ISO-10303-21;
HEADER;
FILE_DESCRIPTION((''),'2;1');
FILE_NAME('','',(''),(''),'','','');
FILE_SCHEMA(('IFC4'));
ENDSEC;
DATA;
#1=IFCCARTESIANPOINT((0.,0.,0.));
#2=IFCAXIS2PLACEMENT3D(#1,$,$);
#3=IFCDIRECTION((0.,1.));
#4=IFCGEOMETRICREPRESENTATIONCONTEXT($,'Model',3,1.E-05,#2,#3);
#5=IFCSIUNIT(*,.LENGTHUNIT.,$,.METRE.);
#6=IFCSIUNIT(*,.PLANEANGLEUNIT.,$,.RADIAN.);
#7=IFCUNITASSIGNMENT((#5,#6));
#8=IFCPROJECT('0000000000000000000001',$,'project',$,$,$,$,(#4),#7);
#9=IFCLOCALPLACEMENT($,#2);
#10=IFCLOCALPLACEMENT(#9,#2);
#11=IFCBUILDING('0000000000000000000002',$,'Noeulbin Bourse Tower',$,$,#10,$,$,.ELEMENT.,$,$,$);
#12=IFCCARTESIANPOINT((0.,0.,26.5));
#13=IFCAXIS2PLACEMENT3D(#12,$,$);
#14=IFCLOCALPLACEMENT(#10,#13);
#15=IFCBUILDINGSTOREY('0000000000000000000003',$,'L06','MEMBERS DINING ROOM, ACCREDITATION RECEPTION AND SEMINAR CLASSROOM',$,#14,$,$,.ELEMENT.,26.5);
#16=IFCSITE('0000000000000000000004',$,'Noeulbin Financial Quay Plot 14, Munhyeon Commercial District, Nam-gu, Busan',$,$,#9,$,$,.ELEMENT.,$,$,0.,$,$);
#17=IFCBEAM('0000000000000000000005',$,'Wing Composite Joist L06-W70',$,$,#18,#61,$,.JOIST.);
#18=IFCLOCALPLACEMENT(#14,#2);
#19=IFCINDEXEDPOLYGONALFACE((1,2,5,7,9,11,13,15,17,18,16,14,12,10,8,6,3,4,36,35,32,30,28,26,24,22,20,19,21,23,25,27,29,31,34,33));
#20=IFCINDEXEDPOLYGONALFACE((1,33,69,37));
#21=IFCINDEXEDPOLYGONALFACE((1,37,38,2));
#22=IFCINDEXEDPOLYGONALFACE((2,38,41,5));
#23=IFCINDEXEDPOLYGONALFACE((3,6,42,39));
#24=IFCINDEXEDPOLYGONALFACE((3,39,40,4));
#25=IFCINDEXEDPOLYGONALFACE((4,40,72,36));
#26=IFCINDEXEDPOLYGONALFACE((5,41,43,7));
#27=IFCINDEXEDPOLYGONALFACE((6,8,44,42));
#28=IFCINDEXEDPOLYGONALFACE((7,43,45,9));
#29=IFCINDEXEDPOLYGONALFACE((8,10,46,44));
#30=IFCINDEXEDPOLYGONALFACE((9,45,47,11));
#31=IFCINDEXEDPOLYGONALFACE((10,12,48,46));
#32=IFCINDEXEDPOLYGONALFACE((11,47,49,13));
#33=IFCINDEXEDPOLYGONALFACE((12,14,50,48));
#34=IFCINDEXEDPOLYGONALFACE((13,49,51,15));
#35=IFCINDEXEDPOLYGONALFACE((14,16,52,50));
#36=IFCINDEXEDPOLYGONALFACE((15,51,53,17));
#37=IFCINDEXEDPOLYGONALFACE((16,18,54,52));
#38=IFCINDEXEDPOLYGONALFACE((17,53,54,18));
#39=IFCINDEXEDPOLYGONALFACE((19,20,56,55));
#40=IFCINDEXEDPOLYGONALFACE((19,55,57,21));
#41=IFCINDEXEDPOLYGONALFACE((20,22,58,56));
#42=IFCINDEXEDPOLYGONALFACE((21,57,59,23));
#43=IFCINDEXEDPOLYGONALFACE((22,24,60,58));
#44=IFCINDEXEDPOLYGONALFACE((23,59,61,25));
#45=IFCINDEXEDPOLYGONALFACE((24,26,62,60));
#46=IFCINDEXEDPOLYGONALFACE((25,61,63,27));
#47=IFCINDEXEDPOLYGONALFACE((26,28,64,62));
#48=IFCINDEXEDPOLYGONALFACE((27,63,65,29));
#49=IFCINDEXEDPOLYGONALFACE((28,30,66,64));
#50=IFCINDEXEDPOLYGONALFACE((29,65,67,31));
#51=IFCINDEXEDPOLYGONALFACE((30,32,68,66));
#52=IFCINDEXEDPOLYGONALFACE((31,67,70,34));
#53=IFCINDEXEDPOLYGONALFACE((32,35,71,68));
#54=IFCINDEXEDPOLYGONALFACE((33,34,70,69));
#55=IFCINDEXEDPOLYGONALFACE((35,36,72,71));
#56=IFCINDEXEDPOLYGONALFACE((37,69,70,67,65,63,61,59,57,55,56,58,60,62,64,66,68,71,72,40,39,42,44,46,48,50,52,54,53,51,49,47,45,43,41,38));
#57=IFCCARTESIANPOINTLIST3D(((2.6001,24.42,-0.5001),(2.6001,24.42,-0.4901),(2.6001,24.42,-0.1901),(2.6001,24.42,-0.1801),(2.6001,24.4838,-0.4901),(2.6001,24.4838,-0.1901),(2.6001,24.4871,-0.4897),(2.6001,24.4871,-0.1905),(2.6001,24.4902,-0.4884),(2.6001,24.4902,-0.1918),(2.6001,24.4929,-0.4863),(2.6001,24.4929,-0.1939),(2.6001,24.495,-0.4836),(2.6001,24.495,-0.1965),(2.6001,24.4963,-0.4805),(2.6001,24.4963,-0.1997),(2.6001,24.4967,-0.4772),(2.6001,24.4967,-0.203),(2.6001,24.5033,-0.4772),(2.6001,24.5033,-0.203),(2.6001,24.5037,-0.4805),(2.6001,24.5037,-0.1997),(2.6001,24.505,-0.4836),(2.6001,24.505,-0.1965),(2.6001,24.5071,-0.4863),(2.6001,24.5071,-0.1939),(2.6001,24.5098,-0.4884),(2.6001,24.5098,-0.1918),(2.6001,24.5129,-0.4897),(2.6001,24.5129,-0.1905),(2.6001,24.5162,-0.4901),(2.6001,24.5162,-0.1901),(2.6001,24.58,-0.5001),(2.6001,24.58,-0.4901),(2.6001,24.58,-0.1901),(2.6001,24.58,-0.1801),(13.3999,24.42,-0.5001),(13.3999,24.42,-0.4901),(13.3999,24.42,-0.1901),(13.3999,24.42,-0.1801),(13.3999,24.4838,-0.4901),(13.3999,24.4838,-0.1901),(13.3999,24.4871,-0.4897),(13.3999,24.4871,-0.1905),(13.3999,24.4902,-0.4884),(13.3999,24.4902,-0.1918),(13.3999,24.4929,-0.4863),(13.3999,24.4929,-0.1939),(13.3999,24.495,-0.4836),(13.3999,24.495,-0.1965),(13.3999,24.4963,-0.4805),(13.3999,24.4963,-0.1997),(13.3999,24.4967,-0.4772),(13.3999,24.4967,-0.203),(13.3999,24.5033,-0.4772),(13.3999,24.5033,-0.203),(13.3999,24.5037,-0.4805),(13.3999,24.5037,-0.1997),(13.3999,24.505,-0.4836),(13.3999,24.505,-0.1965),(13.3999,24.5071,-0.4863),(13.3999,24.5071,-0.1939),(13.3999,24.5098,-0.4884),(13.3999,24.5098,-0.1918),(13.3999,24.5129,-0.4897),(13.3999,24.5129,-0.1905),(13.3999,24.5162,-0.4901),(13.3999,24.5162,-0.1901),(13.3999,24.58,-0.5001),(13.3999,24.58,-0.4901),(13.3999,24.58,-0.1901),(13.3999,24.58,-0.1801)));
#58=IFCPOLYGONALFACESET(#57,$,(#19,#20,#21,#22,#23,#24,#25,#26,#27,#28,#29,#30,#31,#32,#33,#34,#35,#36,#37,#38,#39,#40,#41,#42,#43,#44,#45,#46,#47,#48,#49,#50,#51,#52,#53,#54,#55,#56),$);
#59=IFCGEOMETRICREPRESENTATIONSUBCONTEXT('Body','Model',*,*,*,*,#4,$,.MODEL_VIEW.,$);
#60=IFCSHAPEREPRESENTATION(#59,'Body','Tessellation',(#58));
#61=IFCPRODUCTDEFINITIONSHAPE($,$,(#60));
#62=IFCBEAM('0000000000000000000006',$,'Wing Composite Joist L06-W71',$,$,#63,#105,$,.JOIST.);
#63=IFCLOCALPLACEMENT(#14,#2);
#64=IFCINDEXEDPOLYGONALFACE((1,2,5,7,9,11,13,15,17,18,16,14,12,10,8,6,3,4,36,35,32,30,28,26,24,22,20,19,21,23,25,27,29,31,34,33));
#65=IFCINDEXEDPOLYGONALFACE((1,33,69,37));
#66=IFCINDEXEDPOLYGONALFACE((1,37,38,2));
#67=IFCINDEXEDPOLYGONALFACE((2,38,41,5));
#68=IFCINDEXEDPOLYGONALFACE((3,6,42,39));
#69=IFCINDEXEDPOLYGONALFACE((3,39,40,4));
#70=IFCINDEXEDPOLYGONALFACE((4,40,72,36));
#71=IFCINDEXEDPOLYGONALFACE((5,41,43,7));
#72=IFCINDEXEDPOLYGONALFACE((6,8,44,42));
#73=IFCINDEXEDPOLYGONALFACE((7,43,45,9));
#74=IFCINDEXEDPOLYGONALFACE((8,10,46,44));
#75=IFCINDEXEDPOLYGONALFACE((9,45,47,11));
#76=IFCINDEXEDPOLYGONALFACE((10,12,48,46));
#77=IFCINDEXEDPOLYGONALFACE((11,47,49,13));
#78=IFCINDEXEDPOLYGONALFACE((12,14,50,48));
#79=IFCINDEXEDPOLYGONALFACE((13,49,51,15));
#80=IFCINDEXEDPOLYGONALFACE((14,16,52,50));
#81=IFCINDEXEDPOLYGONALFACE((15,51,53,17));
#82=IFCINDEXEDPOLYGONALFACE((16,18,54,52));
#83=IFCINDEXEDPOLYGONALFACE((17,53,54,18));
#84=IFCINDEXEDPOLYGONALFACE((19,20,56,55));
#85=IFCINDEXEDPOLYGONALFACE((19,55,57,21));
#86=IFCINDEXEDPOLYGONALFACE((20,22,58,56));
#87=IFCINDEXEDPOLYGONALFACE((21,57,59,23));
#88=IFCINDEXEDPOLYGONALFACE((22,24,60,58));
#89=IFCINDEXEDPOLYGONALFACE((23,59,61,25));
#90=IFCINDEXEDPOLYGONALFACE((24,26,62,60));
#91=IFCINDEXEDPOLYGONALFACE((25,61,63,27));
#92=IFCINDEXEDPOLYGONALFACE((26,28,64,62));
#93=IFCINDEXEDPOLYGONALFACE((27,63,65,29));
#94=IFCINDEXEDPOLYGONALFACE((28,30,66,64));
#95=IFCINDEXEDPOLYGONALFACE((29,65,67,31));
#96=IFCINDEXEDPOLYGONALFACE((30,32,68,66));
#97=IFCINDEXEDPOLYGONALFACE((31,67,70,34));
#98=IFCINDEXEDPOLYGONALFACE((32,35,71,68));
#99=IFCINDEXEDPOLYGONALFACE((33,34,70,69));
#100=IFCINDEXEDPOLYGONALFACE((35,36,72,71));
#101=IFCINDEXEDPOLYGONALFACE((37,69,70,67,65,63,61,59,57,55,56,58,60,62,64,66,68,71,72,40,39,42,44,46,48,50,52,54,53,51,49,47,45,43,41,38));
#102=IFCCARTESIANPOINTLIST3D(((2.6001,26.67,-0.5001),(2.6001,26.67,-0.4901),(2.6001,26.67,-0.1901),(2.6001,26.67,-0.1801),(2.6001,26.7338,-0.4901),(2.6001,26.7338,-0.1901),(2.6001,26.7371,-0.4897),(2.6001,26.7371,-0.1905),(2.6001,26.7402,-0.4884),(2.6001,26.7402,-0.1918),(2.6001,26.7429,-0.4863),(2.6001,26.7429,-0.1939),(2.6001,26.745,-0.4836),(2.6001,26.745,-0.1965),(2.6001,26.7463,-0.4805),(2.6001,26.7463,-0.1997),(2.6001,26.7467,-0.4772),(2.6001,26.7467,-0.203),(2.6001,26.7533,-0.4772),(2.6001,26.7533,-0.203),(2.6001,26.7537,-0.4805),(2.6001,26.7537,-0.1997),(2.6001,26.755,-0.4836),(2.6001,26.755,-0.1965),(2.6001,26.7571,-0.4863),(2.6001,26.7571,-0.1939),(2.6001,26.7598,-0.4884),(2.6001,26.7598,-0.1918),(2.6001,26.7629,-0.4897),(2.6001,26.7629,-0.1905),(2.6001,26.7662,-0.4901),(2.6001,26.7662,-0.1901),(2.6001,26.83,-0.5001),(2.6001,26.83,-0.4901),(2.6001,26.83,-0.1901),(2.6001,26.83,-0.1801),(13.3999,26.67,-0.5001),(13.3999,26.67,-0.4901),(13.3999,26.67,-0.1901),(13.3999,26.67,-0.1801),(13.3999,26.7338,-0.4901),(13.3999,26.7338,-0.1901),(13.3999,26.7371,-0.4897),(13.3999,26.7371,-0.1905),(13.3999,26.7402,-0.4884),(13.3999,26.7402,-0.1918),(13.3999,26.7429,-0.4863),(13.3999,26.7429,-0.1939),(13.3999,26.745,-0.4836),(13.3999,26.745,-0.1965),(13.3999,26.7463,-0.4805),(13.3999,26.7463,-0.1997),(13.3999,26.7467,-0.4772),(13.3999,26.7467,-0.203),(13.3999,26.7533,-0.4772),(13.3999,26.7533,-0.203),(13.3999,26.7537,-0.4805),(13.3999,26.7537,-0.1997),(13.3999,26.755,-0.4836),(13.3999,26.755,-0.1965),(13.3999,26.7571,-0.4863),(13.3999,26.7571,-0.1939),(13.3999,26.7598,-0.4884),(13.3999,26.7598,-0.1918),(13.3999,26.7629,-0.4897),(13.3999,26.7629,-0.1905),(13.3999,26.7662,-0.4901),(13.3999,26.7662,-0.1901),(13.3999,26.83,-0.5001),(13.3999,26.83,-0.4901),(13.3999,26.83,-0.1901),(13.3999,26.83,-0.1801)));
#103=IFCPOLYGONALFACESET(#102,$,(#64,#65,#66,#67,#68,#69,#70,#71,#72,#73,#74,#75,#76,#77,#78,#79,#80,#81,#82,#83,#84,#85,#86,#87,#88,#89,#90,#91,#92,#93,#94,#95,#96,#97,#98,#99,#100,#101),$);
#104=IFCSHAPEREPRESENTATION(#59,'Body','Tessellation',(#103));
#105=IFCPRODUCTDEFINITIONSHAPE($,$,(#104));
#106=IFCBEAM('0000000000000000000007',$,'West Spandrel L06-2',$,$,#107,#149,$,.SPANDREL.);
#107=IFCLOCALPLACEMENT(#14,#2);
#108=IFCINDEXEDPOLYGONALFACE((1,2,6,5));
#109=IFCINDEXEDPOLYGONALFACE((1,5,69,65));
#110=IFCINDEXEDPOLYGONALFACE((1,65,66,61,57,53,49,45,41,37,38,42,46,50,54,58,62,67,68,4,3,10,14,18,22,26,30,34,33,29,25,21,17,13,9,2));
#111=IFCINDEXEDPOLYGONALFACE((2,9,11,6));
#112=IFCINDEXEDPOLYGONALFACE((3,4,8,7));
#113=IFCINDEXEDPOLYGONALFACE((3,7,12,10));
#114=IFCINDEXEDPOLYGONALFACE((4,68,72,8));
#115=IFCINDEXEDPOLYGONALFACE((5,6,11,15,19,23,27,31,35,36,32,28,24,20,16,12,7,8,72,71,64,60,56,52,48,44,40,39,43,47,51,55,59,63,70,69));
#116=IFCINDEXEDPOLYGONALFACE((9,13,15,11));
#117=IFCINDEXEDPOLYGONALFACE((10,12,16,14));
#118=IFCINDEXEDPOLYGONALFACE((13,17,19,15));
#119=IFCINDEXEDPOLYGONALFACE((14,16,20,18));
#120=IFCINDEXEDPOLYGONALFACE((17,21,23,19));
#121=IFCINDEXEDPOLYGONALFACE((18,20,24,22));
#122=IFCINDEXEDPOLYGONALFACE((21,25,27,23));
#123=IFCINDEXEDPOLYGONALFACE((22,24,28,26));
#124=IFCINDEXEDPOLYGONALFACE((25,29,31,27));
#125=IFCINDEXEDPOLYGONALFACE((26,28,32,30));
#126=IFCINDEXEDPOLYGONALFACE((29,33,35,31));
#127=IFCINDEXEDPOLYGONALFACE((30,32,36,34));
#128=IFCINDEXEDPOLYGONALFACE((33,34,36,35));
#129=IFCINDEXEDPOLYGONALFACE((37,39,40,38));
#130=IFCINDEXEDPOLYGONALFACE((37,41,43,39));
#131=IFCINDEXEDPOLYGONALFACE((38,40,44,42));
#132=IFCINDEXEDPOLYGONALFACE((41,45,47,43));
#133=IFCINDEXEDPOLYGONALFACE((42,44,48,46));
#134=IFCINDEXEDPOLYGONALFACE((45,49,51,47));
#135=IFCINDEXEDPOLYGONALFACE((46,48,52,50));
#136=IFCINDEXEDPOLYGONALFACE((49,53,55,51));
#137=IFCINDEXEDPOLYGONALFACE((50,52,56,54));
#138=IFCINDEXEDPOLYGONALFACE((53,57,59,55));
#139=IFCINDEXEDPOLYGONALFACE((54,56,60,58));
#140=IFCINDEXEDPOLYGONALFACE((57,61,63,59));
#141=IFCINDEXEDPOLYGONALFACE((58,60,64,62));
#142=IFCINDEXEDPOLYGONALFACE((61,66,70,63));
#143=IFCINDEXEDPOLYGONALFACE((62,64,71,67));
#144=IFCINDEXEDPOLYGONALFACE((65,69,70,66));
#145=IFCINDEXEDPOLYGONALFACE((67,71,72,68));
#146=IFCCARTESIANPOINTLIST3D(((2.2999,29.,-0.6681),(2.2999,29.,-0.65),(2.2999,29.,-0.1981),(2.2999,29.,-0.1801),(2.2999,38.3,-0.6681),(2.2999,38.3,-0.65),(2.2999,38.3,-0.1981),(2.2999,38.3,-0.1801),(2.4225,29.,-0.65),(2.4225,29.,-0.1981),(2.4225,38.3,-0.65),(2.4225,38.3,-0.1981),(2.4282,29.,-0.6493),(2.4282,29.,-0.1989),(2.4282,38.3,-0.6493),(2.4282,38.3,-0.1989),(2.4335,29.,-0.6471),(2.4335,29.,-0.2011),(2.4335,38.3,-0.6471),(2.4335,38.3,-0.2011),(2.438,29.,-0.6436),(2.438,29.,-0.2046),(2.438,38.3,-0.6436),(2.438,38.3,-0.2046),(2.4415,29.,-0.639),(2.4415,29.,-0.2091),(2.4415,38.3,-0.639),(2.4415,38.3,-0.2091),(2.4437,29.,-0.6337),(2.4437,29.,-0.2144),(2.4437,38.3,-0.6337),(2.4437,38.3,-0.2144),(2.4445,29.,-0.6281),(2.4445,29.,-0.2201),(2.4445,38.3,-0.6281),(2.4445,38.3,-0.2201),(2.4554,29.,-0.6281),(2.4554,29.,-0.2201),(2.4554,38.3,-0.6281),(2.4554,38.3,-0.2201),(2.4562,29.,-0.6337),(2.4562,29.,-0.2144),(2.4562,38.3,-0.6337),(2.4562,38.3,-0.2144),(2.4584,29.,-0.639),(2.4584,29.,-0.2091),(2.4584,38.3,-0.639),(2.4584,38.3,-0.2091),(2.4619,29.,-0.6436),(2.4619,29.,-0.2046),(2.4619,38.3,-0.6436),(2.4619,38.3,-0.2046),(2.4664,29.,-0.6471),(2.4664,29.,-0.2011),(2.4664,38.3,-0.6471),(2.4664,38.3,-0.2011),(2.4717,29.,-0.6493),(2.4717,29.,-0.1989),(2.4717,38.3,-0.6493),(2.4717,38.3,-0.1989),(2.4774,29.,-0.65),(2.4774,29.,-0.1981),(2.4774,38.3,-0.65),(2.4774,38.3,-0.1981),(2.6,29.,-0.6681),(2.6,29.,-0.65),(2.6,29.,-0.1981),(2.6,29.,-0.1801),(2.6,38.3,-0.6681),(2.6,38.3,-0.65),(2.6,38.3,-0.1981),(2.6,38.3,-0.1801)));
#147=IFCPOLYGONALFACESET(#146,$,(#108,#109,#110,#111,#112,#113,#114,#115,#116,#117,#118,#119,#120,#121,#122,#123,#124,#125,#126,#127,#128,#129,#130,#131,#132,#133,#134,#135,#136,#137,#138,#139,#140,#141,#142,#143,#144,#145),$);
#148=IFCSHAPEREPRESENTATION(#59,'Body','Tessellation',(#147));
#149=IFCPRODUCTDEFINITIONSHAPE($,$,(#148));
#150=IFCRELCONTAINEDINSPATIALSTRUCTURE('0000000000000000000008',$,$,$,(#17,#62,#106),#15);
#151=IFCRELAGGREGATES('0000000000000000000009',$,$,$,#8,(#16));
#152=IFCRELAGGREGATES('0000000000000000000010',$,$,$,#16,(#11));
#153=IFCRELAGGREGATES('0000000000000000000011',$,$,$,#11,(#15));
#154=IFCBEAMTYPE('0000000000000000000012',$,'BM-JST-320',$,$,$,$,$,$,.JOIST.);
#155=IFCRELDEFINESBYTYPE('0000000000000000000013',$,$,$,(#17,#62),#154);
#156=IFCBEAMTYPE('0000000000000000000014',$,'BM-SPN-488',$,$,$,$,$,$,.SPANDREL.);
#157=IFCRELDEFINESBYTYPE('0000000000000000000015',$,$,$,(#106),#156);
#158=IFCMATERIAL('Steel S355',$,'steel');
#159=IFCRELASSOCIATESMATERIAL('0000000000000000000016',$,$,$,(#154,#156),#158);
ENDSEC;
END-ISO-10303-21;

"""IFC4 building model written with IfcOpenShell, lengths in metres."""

from ifc_helpers import new_model, si_unit, direction, frame, origin, origin_2d, place, context, subcontext, project, spatial, i_section, extrude, material, material_profile, profile_set, type_object, element, save


model = new_model("IFC4")

# Units and contexts
model_context = context("Model", 3, precision=1e-05, world=origin(), true_north=direction((0.0, 1.0)))
body_context = subcontext(model_context, "Body", "Model", "MODEL_VIEW")
ifc_project = project(units=[si_unit("LENGTHUNIT", "METRE"), si_unit("PLANEANGLEUNIT", "RADIAN")], contexts=[model_context])

# Site, building, storey
site_placement = place(None, origin())
site = spatial("IfcSite", under=ifc_project, at=site_placement, Name="Noeulbin Financial Quay Plot 14, Munhyeon Commercial District, Nam-gu, Busan", CompositionType="ELEMENT", RefElevation=0.0)
building_placement = place(site_placement, origin())
building = spatial("IfcBuilding", under=site, at=building_placement, Name="Noeulbin Bourse Tower", CompositionType="ELEMENT")
storey_placement = place(building_placement, frame((0.0, 0.0, 26.5)))
storey = spatial("IfcBuildingStorey", under=building, at=storey_placement, Name="L06", Description="MEMBERS DINING ROOM, ACCREDITATION RECEPTION AND SEMINAR CLASSROOM", CompositionType="ELEMENT", Elevation=26.5)

# Beams
ifc_material_1 = material(Name="Steel S355", Category="steel")
ifc_material_profile_1 = material_profile(ifc_material_1, i_section(OverallWidth=0.1599, OverallDepth=0.3201, WebThickness=0.0066, FlangeThickness=0.01, FilletRadius=0.0129, at=origin_2d()), Name="H-320x160x6.5x10", Category="LoadBearing")
ifc_profile_set_1 = profile_set([ifc_material_profile_1], Name="Steel S355")
beam_type_1 = type_object("IfcBeamType", Name="BM-JST-320", PredefinedType="JOIST", material=ifc_profile_set_1)
for number, where, z_axis, x_axis, name in (
    (1, (2.6001, 24.5, -0.3401), (1.0, 0.0, 0.0), (0.0, 1.0, 0.0), "Wing Composite Joist L06-W70"),
    (2, (2.6001, 26.75, -0.3401), (1.0, 0.0, 0.0), (0.0, 1.0, 0.0), "Wing Composite Joist L06-W71"),
):
    element("IfcBeam", number, at=place(storey_placement, frame(where, z_axis=z_axis, x_axis=x_axis)), inside=storey, type_object=beam_type_1, Name=name, PredefinedType="JOIST", context=body_context, shape_type="SweptSolid", body=[
        extrude(i_section(OverallWidth=0.1599, OverallDepth=0.3201, WebThickness=0.0066, FlangeThickness=0.01, FilletRadius=0.0129, at=origin_2d()), origin(), (0.0, 0.0, 1.0), 10.7998),
    ])
ifc_material_profile_2 = material_profile(ifc_material_1, i_section(OverallWidth=0.3, OverallDepth=0.488, WebThickness=0.011, FlangeThickness=0.0181, FilletRadius=0.022, at=origin_2d()), Name="H-488x300x11x18", Category="LoadBearing")
ifc_profile_set_2 = profile_set([ifc_material_profile_2], Name="Steel S355")
beam_type_2 = type_object("IfcBeamType", Name="BM-SPN-488", PredefinedType="SPANDREL", material=ifc_profile_set_2)
beam_1_placement = place(storey_placement, frame((2.45, 29.0, -0.4241), z_axis=(0.0, 1.0, 0.0), x_axis=(-1.0, 0.0, 0.0)))
element("IfcBeam", 3, at=beam_1_placement, inside=storey, type_object=beam_type_2, Name="West Spandrel L06-2", PredefinedType="SPANDREL", context=body_context, shape_type="SweptSolid", body=[
    extrude(i_section(OverallWidth=0.3, OverallDepth=0.488, WebThickness=0.011, FlangeThickness=0.0181, FilletRadius=0.022, at=origin_2d()), origin(), (0.0, 0.0, 1.0), 9.3),
])

save(model, "model.ifc")
